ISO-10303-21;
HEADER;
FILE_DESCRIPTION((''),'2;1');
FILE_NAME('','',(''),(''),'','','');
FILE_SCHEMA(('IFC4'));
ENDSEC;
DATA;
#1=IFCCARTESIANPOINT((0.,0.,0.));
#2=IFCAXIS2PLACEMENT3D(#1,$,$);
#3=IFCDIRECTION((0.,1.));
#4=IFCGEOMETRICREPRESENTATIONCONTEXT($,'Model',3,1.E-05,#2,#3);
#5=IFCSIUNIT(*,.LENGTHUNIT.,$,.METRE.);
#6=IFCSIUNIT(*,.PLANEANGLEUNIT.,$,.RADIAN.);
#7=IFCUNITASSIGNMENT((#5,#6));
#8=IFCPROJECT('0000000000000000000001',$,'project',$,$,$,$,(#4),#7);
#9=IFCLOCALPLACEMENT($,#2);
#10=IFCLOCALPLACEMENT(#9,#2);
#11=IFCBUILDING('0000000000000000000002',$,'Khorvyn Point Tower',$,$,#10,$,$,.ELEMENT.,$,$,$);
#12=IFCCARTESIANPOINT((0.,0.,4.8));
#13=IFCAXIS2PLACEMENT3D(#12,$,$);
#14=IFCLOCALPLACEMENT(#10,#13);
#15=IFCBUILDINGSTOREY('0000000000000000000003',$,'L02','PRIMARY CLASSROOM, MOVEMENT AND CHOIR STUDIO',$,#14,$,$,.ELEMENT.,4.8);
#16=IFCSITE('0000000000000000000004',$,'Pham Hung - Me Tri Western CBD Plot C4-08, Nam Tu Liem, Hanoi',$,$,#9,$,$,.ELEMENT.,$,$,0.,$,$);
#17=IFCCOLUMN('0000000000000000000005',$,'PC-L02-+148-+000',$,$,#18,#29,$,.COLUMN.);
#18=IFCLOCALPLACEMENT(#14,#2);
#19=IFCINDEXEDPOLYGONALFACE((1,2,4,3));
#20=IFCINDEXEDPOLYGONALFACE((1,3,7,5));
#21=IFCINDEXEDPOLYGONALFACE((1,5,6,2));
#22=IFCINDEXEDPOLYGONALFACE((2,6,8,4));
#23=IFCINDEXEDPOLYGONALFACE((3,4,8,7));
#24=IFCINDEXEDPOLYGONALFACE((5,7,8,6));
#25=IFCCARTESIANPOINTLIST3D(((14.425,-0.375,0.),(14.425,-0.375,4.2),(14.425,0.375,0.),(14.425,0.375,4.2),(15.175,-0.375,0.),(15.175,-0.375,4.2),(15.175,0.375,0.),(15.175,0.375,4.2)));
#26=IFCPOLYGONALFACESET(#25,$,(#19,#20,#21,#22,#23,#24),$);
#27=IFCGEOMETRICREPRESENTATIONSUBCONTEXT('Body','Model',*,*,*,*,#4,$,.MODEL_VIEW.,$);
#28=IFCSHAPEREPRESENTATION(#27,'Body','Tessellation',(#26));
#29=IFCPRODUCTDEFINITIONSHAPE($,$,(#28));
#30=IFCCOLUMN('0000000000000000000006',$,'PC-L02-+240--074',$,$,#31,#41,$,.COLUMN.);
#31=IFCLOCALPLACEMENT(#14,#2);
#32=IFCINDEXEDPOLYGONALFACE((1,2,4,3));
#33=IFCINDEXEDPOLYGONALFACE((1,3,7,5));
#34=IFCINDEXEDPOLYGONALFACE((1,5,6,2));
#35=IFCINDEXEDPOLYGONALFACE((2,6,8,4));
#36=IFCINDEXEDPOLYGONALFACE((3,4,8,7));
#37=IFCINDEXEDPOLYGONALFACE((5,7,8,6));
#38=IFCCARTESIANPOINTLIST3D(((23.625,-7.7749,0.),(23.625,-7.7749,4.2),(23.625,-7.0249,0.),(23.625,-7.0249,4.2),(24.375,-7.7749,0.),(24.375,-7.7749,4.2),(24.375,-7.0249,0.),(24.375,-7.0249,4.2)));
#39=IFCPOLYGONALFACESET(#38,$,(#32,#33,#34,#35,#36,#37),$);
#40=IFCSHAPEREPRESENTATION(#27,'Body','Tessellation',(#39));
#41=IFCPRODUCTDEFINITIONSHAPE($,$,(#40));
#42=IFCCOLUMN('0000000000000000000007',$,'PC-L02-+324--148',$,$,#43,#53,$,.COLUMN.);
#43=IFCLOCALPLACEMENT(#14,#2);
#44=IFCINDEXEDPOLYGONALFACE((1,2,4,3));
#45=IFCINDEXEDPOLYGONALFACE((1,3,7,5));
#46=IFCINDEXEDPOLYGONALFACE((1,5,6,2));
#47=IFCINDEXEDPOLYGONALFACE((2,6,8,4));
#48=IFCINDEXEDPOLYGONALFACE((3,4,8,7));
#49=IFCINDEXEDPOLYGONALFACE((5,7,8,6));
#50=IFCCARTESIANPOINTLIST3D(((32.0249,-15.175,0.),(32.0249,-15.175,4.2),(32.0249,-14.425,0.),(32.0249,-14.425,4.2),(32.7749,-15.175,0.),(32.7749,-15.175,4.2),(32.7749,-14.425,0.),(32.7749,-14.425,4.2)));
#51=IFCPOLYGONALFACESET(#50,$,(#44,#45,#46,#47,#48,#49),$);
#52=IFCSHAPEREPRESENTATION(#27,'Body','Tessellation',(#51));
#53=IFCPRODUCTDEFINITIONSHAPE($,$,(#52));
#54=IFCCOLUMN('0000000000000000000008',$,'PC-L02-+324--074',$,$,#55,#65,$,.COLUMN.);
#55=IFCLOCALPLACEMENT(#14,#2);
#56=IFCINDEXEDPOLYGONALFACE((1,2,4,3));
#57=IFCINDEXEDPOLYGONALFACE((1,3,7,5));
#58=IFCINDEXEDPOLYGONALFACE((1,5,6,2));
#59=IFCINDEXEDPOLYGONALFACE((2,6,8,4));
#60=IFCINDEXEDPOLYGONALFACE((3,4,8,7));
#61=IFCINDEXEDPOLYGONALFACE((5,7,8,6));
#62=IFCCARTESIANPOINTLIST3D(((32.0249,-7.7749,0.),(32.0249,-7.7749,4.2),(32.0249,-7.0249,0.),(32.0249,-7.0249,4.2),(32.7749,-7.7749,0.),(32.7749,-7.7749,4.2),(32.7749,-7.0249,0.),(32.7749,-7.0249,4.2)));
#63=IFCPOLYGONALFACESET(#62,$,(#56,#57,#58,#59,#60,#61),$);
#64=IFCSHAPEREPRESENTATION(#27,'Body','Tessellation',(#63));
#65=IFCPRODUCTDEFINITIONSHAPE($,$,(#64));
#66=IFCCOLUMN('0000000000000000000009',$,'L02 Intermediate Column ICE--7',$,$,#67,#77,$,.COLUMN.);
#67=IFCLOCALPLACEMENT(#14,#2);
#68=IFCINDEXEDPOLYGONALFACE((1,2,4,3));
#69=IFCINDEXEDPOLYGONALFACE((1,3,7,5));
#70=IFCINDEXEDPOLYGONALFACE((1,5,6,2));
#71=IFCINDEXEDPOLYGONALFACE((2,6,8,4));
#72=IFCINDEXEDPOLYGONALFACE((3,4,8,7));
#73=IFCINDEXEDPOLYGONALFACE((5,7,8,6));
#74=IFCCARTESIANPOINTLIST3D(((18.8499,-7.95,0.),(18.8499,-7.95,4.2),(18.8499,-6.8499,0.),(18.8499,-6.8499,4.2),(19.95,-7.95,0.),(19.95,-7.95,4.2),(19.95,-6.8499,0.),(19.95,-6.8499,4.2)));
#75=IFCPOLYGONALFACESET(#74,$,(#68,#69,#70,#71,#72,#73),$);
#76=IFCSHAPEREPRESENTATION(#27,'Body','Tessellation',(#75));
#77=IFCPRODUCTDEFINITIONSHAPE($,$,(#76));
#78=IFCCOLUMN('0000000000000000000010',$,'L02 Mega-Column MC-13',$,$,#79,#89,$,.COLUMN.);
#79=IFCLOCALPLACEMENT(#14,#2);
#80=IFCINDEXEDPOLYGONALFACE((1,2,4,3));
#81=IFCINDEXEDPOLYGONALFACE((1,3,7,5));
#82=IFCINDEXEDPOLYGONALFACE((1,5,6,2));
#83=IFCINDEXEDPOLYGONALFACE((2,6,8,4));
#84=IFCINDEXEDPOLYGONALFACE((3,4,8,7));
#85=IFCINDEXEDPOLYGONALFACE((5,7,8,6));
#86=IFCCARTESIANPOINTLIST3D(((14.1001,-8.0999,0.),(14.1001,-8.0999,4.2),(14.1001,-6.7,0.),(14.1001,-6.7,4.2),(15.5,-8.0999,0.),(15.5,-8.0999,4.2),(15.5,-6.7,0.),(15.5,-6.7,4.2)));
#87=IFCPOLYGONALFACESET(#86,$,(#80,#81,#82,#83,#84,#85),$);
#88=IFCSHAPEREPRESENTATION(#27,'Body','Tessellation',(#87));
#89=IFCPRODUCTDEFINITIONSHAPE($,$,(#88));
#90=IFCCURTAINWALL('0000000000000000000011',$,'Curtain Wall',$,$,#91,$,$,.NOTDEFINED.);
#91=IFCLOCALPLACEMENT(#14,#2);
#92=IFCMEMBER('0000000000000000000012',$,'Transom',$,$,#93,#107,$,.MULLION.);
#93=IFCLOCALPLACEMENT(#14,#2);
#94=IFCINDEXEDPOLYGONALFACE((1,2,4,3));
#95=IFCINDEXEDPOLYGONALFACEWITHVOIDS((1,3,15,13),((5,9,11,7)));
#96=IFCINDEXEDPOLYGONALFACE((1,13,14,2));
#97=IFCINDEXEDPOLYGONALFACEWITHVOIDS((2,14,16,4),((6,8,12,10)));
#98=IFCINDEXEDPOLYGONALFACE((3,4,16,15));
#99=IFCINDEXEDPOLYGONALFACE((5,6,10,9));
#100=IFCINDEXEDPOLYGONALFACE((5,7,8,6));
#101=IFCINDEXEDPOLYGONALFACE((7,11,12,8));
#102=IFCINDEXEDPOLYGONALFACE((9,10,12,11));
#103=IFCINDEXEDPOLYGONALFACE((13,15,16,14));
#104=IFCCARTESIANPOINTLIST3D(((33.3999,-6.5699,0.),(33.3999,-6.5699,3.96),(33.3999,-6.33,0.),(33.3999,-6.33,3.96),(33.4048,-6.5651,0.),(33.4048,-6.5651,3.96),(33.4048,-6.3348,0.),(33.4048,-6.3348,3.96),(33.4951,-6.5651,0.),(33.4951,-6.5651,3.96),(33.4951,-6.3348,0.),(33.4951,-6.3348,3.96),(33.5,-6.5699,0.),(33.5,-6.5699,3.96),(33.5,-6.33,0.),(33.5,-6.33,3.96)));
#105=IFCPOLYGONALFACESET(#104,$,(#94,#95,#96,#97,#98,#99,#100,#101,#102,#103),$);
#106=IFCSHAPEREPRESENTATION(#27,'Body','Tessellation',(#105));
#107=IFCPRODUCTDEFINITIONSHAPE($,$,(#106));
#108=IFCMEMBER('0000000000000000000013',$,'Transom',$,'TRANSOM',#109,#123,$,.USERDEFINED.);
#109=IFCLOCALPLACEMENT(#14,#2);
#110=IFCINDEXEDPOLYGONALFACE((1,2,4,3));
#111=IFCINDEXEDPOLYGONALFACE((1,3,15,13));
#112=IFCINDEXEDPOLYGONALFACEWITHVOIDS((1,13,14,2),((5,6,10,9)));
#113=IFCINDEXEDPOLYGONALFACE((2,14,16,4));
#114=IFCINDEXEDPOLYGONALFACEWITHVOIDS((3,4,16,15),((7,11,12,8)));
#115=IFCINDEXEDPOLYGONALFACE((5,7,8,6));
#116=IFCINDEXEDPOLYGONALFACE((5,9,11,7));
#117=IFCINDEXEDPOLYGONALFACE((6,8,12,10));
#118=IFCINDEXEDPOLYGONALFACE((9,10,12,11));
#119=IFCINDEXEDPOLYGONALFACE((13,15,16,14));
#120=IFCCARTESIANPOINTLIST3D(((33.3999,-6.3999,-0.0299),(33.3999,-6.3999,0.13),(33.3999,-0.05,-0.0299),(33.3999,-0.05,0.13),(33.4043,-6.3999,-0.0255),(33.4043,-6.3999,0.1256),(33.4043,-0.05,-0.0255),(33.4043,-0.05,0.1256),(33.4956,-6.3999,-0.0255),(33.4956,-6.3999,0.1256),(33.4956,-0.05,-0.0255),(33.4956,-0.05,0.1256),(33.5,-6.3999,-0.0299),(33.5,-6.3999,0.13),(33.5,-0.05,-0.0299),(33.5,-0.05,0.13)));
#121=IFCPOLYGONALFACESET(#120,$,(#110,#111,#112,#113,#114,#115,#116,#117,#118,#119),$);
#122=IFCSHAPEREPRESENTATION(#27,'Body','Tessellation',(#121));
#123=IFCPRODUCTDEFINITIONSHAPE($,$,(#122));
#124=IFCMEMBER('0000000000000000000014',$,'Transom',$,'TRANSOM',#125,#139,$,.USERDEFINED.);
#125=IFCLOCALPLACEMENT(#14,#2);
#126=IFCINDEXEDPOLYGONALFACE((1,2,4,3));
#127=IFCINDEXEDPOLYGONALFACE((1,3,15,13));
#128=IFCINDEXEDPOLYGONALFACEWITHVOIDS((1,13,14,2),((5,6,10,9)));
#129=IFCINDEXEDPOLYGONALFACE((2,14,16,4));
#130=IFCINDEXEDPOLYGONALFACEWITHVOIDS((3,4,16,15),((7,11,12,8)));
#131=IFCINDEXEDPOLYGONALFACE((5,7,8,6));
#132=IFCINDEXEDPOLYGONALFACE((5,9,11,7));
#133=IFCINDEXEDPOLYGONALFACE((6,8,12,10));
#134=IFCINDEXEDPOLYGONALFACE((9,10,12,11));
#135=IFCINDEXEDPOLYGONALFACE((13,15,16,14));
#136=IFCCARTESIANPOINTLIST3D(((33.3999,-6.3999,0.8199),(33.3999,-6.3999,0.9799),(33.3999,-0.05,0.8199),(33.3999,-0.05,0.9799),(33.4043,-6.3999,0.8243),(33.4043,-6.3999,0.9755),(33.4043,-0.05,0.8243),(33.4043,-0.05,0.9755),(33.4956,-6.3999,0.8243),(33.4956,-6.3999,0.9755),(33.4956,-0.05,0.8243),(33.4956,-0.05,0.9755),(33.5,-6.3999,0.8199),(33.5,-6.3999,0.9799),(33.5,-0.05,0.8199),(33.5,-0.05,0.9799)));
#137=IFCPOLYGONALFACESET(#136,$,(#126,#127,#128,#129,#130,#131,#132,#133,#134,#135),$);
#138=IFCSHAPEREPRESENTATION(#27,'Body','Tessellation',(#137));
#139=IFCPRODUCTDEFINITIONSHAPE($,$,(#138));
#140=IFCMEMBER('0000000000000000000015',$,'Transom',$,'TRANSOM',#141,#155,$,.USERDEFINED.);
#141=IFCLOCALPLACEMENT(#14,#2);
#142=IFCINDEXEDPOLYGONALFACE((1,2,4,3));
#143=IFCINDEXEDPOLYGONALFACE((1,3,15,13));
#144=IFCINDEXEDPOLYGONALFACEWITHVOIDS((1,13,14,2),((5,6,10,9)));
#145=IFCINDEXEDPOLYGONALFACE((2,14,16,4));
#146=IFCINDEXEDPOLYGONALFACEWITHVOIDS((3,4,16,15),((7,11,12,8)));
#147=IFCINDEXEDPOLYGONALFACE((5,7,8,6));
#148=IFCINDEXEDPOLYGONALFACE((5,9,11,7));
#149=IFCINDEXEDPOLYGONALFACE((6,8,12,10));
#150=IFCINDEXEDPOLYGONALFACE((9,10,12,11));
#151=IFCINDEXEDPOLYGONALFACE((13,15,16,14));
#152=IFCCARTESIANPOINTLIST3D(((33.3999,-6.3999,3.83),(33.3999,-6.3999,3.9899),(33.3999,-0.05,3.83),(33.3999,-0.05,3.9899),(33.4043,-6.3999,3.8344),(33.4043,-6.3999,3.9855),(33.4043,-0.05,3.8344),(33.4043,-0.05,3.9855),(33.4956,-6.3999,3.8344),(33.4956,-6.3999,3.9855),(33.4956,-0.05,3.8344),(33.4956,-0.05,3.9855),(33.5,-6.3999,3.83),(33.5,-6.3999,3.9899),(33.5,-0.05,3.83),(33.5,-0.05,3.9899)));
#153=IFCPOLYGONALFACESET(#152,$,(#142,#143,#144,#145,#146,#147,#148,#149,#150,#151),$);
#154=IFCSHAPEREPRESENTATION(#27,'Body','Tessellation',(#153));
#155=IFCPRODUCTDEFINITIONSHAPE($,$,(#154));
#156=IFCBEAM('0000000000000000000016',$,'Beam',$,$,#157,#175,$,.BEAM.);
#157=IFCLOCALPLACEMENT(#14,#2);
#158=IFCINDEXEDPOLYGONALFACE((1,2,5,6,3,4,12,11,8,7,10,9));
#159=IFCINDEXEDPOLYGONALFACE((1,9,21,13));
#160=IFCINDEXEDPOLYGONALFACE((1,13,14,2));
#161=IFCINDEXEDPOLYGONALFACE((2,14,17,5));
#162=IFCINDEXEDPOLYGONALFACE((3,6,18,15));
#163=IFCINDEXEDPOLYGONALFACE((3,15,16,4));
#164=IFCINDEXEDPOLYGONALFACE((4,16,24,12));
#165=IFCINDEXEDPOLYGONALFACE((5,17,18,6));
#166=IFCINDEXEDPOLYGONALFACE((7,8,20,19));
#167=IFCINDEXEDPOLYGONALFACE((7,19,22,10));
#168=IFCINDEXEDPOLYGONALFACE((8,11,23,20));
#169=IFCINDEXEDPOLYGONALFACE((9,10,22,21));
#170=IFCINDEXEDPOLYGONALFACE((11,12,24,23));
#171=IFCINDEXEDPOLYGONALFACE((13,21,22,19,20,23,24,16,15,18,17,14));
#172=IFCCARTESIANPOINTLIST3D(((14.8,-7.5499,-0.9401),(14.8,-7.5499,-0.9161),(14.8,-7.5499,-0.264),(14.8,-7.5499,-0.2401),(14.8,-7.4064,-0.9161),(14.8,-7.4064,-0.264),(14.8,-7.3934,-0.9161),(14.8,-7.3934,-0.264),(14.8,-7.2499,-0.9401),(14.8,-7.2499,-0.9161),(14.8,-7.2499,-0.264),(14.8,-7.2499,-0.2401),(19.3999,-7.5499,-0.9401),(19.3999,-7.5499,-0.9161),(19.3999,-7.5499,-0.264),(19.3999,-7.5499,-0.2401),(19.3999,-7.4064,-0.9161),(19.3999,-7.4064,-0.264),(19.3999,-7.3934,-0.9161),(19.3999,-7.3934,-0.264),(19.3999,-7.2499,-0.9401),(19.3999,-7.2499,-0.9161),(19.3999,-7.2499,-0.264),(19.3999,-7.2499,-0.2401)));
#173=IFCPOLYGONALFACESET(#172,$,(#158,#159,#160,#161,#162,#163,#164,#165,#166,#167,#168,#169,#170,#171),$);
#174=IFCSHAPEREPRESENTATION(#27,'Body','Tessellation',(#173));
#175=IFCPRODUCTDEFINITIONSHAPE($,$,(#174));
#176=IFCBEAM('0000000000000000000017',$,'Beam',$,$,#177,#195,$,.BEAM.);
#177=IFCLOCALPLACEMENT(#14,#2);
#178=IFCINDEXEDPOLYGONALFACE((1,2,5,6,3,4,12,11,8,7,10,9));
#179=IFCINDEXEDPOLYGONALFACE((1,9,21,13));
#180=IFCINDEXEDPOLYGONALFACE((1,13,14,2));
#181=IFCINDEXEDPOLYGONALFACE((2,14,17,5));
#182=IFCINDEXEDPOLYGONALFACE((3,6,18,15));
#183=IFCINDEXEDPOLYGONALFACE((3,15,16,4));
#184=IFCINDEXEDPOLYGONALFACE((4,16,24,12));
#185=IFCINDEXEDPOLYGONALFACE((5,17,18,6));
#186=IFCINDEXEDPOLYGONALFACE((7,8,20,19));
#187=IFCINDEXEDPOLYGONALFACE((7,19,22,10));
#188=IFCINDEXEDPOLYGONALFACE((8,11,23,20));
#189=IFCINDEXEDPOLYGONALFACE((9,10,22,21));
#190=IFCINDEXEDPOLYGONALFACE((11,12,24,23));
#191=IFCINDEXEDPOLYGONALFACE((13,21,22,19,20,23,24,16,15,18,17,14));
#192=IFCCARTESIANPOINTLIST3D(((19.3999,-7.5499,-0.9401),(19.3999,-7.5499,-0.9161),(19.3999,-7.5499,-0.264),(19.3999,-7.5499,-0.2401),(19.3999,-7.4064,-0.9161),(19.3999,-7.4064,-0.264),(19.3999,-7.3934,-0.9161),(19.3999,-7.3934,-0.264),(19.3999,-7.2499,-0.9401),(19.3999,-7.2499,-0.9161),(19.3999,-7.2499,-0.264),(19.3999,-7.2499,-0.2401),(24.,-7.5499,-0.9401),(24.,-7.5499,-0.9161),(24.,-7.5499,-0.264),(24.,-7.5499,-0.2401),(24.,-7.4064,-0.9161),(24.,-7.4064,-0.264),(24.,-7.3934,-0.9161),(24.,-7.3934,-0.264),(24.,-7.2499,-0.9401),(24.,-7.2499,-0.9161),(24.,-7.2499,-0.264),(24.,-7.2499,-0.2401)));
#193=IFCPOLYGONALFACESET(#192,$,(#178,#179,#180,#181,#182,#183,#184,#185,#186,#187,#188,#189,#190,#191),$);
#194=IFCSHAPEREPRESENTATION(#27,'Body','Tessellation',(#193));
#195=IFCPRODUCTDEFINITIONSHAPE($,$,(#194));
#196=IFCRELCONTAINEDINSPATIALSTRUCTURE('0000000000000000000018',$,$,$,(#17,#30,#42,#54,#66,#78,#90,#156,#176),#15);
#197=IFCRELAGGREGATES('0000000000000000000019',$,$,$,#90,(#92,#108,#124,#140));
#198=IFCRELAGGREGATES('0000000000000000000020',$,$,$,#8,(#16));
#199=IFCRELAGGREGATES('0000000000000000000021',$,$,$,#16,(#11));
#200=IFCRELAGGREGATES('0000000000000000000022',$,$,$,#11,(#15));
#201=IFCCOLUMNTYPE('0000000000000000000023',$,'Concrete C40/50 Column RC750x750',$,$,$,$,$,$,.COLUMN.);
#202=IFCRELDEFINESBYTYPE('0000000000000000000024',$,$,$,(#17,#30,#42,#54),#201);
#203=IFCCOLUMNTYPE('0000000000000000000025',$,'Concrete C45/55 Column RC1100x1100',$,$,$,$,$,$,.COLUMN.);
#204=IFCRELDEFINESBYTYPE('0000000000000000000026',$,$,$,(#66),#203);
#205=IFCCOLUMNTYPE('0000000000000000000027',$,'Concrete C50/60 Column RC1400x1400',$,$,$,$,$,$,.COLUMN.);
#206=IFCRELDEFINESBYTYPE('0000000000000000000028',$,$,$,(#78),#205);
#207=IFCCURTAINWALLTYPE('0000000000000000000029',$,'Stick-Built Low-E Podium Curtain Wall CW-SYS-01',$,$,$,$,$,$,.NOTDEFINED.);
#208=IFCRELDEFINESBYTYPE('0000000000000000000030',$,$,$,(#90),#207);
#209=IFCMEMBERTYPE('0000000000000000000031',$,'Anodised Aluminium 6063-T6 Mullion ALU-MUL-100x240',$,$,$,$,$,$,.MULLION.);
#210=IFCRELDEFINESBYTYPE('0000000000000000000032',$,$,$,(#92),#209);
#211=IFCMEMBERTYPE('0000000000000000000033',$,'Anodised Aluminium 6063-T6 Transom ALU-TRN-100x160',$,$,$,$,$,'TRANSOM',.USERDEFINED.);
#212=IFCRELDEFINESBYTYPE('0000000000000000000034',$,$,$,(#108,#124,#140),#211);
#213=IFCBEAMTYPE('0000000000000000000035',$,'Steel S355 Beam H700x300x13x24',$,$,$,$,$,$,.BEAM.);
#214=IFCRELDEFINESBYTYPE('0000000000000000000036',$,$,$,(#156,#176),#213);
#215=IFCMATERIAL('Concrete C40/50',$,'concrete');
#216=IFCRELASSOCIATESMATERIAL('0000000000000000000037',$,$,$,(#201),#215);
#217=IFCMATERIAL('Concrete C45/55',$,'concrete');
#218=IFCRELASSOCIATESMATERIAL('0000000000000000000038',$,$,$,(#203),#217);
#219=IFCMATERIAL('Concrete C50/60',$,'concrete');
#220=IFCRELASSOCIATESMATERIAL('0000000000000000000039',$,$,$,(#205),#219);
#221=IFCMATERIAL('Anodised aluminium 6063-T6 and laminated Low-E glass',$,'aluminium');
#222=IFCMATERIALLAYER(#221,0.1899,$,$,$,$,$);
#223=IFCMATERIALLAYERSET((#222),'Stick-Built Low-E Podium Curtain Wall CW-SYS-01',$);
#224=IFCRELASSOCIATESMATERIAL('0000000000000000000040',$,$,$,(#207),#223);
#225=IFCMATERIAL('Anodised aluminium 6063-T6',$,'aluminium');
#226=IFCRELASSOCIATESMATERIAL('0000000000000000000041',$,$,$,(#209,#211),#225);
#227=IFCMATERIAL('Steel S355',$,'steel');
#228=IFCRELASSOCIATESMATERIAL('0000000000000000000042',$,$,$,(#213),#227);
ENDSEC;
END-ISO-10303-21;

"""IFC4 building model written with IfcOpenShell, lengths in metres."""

from ifc_helpers import new_model, si_unit, direction, frame, origin, origin_2d, place, context, subcontext, project, spatial, rectangle, hollow_rectangle, i_section, extrude, material, layer, layer_set, material_profile, profile_set, type_object, element, aggregate, save


model = new_model("IFC4")

# Units and contexts
model_context = context("Model", 3, precision=1e-05, world=origin(), true_north=direction((0.0, 1.0)))
body_context = subcontext(model_context, "Body", "Model", "MODEL_VIEW")
ifc_project = project(units=[si_unit("LENGTHUNIT", "METRE"), si_unit("PLANEANGLEUNIT", "RADIAN")], contexts=[model_context])

# Site, building, storey
site_placement = place(None, origin())
site = spatial("IfcSite", under=ifc_project, at=site_placement, Name="Pham Hung - Me Tri Western CBD Plot C4-08, Nam Tu Liem, Hanoi", CompositionType="ELEMENT", RefElevation=0.0)
building_placement = place(site_placement, origin())
building = spatial("IfcBuilding", under=site, at=building_placement, Name="Khorvyn Point Tower", CompositionType="ELEMENT")
storey_placement = place(building_placement, frame((0.0, 0.0, 4.8)))
storey = spatial("IfcBuildingStorey", under=building, at=storey_placement, Name="L02", Description="PRIMARY CLASSROOM, MOVEMENT AND CHOIR STUDIO", CompositionType="ELEMENT", Elevation=4.8)

# Columns
ifc_material_1 = material(Name="Concrete C40/50", Category="concrete")
ifc_material_profile_1 = material_profile(ifc_material_1, rectangle(XDim=0.75, YDim=0.75, at=origin_2d()))
ifc_profile_set_1 = profile_set([ifc_material_profile_1], Name="Concrete C40/50 RC750x750")
column_type_1 = type_object("IfcColumnType", Name="Concrete C40/50 Column RC750x750", PredefinedType="COLUMN", material=ifc_profile_set_1)
for number, where, z_axis, x_axis, name in (
    (1, (14.8, 0.0, 0.0), (0.0, 0.0, 1.0), (1.0, 0.0, 0.0), "PC-L02-+148-+000"),
    (2, (24.0, -7.3999, 0.0), (0.0, 0.0, 1.0), (1.0, 0.0, 0.0), "PC-L02-+240--074"),
    (3, (32.3999, -14.8, 0.0), (0.0, 0.0, 1.0), (1.0, 0.0, 0.0), "PC-L02-+324--148"),
    (4, (32.3999, -7.3999, 0.0), (0.0, 0.0, 1.0), (1.0, 0.0, 0.0), "PC-L02-+324--074"),
):
    element("IfcColumn", number, at=place(storey_placement, frame(where, z_axis=z_axis, x_axis=x_axis)), inside=storey, type_object=column_type_1, Name=name, PredefinedType="COLUMN", context=body_context, shape_type="SweptSolid", body=[
        extrude(rectangle(XDim=0.75, YDim=0.75, at=origin_2d()), origin(), (0.0, 0.0, 1.0), 4.2),
    ])
ifc_material_2 = material(Name="Concrete C45/55", Category="concrete")
ifc_material_profile_2 = material_profile(ifc_material_2, rectangle(XDim=1.1001, YDim=1.1001, at=origin_2d()))
ifc_profile_set_2 = profile_set([ifc_material_profile_2], Name="Concrete C45/55 RC1100x1100")
column_type_2 = type_object("IfcColumnType", Name="Concrete C45/55 Column RC1100x1100", PredefinedType="COLUMN", material=ifc_profile_set_2)
column_1_placement = place(storey_placement, frame((19.3999, -7.3999, 0.0), z_axis=(0.0, 0.0, 1.0), x_axis=(1.0, 0.0, 0.0)))
element("IfcColumn", 5, at=column_1_placement, inside=storey, type_object=column_type_2, Name="L02 Intermediate Column ICE--7", PredefinedType="COLUMN", context=body_context, shape_type="SweptSolid", body=[
    extrude(rectangle(XDim=1.1001, YDim=1.1001, at=origin_2d()), origin(), (0.0, 0.0, 1.0), 4.2),
])
ifc_material_3 = material(Name="Concrete C50/60", Category="concrete")
ifc_material_profile_3 = material_profile(ifc_material_3, rectangle(XDim=1.3999, YDim=1.3999, at=origin_2d()))
ifc_profile_set_3 = profile_set([ifc_material_profile_3], Name="Concrete C50/60 RC1400x1400")
column_type_3 = type_object("IfcColumnType", Name="Concrete C50/60 Column RC1400x1400", PredefinedType="COLUMN", material=ifc_profile_set_3)
column_2_placement = place(storey_placement, frame((14.8, -7.3999, 0.0), z_axis=(0.0, 0.0, 1.0), x_axis=(1.0, 0.0, 0.0)))
element("IfcColumn", 6, at=column_2_placement, inside=storey, type_object=column_type_3, Name="L02 Mega-Column MC-13", PredefinedType="COLUMN", context=body_context, shape_type="SweptSolid", body=[
    extrude(rectangle(XDim=1.3999, YDim=1.3999, at=origin_2d()), origin(), (0.0, 0.0, 1.0), 4.2),
])

# Curtain wall, members
ifc_material_4 = material(Name="Anodised aluminium 6063-T6 and laminated Low-E glass", Category="aluminium")
ifc_layer_1 = layer(ifc_material_4, 0.1899)
ifc_layer_set_1 = layer_set([ifc_layer_1], Name="Stick-Built Low-E Podium Curtain Wall CW-SYS-01")
curtain_wall_type = type_object("IfcCurtainWallType", Name="Stick-Built Low-E Podium Curtain Wall CW-SYS-01", PredefinedType="NOTDEFINED", material=ifc_layer_set_1)
curtain_wall_placement = place(storey_placement, origin())
curtain_wall = element("IfcCurtainWall", 7, at=curtain_wall_placement, inside=storey, type_object=curtain_wall_type, Name="Curtain Wall", PredefinedType="NOTDEFINED")
ifc_material_5 = material(Name="Anodised aluminium 6063-T6", Category="aluminium")
ifc_material_profile_4 = material_profile(ifc_material_5, hollow_rectangle(XDim=0.1001, YDim=0.24, WallThickness=0.0049, at=origin_2d()))
ifc_profile_set_4 = profile_set([ifc_material_profile_4], Name="Anodised aluminium 6063-T6 ALU-MUL-100x240")
member_type_1 = type_object("IfcMemberType", Name="Anodised Aluminium 6063-T6 Mullion ALU-MUL-100x240", PredefinedType="MULLION", material=ifc_profile_set_4)
member_1_placement = place(storey_placement, frame((33.45, -6.45, 0.0), z_axis=(0.0, 0.0, 1.0), x_axis=(-1.0, 0.0, 0.0)))
member_1 = element("IfcMember", 8, at=member_1_placement, type_object=member_type_1, Name="Transom", PredefinedType="MULLION", context=body_context, shape_type="SweptSolid", body=[
    extrude(hollow_rectangle(XDim=0.1001, YDim=0.24, WallThickness=0.0049, at=origin_2d()), origin(), (0.0, 0.0, 1.0), 3.96),
])
ifc_material_profile_5 = material_profile(ifc_material_5, hollow_rectangle(XDim=0.1001, YDim=0.1599, WallThickness=0.0044, at=origin_2d()))
ifc_profile_set_5 = profile_set([ifc_material_profile_5], Name="Anodised aluminium 6063-T6 ALU-TRN-100x160")
member_type_2 = type_object("IfcMemberType", Name="Anodised Aluminium 6063-T6 Transom ALU-TRN-100x160", ElementType="TRANSOM", PredefinedType="USERDEFINED", material=ifc_profile_set_5)
member_2_placement = place(storey_placement, frame((33.45, -6.3999, 0.05), z_axis=(0.0, 1.0, 0.0), x_axis=(-1.0, 0.0, 0.0)))
member_2 = element("IfcMember", 9, at=member_2_placement, type_object=member_type_2, Name="Transom", ObjectType="TRANSOM", PredefinedType="USERDEFINED", context=body_context, shape_type="SweptSolid", body=[
    extrude(hollow_rectangle(XDim=0.1001, YDim=0.1599, WallThickness=0.0044, at=origin_2d()), origin(), (0.0, 0.0, 1.0), 6.3499),
])
member_3_placement = place(storey_placement, frame((33.45, -6.3999, 0.8999), z_axis=(0.0, 1.0, 0.0), x_axis=(-1.0, 0.0, 0.0)))
member_3 = element("IfcMember", 10, at=member_3_placement, type_object=member_type_2, Name="Transom", ObjectType="TRANSOM", PredefinedType="USERDEFINED", context=body_context, shape_type="SweptSolid", body=[
    extrude(hollow_rectangle(XDim=0.1001, YDim=0.1599, WallThickness=0.0044, at=origin_2d()), origin(), (0.0, 0.0, 1.0), 6.3499),
])
member_4_placement = place(storey_placement, frame((33.45, -6.3999, 3.9099), z_axis=(0.0, 1.0, 0.0), x_axis=(-1.0, 0.0, 0.0)))
member_4 = element("IfcMember", 11, at=member_4_placement, type_object=member_type_2, Name="Transom", ObjectType="TRANSOM", PredefinedType="USERDEFINED", context=body_context, shape_type="SweptSolid", body=[
    extrude(hollow_rectangle(XDim=0.1001, YDim=0.1599, WallThickness=0.0044, at=origin_2d()), origin(), (0.0, 0.0, 1.0), 6.3499),
])

# Beams
ifc_material_6 = material(Name="Steel S355", Category="steel")
ifc_material_profile_6 = material_profile(ifc_material_6, i_section(OverallWidth=0.3, OverallDepth=0.7, WebThickness=0.0129, FlangeThickness=0.0239, at=origin_2d()))
ifc_profile_set_6 = profile_set([ifc_material_profile_6], Name="Steel S355 H700x300x13x24")
beam_type_1 = type_object("IfcBeamType", Name="Steel S355 Beam H700x300x13x24", PredefinedType="BEAM", material=ifc_profile_set_6)
beam_1_placement = place(storey_placement, frame((14.8, -7.3999, -0.5901), z_axis=(1.0, 0.0, 0.0), x_axis=(0.0, 1.0, 0.0)))
element("IfcBeam", 12, at=beam_1_placement, inside=storey, type_object=beam_type_1, Name="Beam", PredefinedType="BEAM", context=body_context, shape_type="SweptSolid", body=[
    extrude(i_section(OverallWidth=0.3, OverallDepth=0.7, WebThickness=0.0129, FlangeThickness=0.0239, at=origin_2d()), origin(), (0.0, 0.0, 1.0), 4.5999),
])
beam_2_placement = place(storey_placement, frame((19.3999, -7.3999, -0.5901), z_axis=(1.0, 0.0, 0.0), x_axis=(0.0, 1.0, 0.0)))
element("IfcBeam", 13, at=beam_2_placement, inside=storey, type_object=beam_type_1, Name="Beam", PredefinedType="BEAM", context=body_context, shape_type="SweptSolid", body=[
    extrude(i_section(OverallWidth=0.3, OverallDepth=0.7, WebThickness=0.0129, FlangeThickness=0.0239, at=origin_2d()), origin(), (0.0, 0.0, 1.0), 4.6001),
])

aggregate(curtain_wall, [member_1, member_2, member_3, member_4])

save(model, "model.ifc")
